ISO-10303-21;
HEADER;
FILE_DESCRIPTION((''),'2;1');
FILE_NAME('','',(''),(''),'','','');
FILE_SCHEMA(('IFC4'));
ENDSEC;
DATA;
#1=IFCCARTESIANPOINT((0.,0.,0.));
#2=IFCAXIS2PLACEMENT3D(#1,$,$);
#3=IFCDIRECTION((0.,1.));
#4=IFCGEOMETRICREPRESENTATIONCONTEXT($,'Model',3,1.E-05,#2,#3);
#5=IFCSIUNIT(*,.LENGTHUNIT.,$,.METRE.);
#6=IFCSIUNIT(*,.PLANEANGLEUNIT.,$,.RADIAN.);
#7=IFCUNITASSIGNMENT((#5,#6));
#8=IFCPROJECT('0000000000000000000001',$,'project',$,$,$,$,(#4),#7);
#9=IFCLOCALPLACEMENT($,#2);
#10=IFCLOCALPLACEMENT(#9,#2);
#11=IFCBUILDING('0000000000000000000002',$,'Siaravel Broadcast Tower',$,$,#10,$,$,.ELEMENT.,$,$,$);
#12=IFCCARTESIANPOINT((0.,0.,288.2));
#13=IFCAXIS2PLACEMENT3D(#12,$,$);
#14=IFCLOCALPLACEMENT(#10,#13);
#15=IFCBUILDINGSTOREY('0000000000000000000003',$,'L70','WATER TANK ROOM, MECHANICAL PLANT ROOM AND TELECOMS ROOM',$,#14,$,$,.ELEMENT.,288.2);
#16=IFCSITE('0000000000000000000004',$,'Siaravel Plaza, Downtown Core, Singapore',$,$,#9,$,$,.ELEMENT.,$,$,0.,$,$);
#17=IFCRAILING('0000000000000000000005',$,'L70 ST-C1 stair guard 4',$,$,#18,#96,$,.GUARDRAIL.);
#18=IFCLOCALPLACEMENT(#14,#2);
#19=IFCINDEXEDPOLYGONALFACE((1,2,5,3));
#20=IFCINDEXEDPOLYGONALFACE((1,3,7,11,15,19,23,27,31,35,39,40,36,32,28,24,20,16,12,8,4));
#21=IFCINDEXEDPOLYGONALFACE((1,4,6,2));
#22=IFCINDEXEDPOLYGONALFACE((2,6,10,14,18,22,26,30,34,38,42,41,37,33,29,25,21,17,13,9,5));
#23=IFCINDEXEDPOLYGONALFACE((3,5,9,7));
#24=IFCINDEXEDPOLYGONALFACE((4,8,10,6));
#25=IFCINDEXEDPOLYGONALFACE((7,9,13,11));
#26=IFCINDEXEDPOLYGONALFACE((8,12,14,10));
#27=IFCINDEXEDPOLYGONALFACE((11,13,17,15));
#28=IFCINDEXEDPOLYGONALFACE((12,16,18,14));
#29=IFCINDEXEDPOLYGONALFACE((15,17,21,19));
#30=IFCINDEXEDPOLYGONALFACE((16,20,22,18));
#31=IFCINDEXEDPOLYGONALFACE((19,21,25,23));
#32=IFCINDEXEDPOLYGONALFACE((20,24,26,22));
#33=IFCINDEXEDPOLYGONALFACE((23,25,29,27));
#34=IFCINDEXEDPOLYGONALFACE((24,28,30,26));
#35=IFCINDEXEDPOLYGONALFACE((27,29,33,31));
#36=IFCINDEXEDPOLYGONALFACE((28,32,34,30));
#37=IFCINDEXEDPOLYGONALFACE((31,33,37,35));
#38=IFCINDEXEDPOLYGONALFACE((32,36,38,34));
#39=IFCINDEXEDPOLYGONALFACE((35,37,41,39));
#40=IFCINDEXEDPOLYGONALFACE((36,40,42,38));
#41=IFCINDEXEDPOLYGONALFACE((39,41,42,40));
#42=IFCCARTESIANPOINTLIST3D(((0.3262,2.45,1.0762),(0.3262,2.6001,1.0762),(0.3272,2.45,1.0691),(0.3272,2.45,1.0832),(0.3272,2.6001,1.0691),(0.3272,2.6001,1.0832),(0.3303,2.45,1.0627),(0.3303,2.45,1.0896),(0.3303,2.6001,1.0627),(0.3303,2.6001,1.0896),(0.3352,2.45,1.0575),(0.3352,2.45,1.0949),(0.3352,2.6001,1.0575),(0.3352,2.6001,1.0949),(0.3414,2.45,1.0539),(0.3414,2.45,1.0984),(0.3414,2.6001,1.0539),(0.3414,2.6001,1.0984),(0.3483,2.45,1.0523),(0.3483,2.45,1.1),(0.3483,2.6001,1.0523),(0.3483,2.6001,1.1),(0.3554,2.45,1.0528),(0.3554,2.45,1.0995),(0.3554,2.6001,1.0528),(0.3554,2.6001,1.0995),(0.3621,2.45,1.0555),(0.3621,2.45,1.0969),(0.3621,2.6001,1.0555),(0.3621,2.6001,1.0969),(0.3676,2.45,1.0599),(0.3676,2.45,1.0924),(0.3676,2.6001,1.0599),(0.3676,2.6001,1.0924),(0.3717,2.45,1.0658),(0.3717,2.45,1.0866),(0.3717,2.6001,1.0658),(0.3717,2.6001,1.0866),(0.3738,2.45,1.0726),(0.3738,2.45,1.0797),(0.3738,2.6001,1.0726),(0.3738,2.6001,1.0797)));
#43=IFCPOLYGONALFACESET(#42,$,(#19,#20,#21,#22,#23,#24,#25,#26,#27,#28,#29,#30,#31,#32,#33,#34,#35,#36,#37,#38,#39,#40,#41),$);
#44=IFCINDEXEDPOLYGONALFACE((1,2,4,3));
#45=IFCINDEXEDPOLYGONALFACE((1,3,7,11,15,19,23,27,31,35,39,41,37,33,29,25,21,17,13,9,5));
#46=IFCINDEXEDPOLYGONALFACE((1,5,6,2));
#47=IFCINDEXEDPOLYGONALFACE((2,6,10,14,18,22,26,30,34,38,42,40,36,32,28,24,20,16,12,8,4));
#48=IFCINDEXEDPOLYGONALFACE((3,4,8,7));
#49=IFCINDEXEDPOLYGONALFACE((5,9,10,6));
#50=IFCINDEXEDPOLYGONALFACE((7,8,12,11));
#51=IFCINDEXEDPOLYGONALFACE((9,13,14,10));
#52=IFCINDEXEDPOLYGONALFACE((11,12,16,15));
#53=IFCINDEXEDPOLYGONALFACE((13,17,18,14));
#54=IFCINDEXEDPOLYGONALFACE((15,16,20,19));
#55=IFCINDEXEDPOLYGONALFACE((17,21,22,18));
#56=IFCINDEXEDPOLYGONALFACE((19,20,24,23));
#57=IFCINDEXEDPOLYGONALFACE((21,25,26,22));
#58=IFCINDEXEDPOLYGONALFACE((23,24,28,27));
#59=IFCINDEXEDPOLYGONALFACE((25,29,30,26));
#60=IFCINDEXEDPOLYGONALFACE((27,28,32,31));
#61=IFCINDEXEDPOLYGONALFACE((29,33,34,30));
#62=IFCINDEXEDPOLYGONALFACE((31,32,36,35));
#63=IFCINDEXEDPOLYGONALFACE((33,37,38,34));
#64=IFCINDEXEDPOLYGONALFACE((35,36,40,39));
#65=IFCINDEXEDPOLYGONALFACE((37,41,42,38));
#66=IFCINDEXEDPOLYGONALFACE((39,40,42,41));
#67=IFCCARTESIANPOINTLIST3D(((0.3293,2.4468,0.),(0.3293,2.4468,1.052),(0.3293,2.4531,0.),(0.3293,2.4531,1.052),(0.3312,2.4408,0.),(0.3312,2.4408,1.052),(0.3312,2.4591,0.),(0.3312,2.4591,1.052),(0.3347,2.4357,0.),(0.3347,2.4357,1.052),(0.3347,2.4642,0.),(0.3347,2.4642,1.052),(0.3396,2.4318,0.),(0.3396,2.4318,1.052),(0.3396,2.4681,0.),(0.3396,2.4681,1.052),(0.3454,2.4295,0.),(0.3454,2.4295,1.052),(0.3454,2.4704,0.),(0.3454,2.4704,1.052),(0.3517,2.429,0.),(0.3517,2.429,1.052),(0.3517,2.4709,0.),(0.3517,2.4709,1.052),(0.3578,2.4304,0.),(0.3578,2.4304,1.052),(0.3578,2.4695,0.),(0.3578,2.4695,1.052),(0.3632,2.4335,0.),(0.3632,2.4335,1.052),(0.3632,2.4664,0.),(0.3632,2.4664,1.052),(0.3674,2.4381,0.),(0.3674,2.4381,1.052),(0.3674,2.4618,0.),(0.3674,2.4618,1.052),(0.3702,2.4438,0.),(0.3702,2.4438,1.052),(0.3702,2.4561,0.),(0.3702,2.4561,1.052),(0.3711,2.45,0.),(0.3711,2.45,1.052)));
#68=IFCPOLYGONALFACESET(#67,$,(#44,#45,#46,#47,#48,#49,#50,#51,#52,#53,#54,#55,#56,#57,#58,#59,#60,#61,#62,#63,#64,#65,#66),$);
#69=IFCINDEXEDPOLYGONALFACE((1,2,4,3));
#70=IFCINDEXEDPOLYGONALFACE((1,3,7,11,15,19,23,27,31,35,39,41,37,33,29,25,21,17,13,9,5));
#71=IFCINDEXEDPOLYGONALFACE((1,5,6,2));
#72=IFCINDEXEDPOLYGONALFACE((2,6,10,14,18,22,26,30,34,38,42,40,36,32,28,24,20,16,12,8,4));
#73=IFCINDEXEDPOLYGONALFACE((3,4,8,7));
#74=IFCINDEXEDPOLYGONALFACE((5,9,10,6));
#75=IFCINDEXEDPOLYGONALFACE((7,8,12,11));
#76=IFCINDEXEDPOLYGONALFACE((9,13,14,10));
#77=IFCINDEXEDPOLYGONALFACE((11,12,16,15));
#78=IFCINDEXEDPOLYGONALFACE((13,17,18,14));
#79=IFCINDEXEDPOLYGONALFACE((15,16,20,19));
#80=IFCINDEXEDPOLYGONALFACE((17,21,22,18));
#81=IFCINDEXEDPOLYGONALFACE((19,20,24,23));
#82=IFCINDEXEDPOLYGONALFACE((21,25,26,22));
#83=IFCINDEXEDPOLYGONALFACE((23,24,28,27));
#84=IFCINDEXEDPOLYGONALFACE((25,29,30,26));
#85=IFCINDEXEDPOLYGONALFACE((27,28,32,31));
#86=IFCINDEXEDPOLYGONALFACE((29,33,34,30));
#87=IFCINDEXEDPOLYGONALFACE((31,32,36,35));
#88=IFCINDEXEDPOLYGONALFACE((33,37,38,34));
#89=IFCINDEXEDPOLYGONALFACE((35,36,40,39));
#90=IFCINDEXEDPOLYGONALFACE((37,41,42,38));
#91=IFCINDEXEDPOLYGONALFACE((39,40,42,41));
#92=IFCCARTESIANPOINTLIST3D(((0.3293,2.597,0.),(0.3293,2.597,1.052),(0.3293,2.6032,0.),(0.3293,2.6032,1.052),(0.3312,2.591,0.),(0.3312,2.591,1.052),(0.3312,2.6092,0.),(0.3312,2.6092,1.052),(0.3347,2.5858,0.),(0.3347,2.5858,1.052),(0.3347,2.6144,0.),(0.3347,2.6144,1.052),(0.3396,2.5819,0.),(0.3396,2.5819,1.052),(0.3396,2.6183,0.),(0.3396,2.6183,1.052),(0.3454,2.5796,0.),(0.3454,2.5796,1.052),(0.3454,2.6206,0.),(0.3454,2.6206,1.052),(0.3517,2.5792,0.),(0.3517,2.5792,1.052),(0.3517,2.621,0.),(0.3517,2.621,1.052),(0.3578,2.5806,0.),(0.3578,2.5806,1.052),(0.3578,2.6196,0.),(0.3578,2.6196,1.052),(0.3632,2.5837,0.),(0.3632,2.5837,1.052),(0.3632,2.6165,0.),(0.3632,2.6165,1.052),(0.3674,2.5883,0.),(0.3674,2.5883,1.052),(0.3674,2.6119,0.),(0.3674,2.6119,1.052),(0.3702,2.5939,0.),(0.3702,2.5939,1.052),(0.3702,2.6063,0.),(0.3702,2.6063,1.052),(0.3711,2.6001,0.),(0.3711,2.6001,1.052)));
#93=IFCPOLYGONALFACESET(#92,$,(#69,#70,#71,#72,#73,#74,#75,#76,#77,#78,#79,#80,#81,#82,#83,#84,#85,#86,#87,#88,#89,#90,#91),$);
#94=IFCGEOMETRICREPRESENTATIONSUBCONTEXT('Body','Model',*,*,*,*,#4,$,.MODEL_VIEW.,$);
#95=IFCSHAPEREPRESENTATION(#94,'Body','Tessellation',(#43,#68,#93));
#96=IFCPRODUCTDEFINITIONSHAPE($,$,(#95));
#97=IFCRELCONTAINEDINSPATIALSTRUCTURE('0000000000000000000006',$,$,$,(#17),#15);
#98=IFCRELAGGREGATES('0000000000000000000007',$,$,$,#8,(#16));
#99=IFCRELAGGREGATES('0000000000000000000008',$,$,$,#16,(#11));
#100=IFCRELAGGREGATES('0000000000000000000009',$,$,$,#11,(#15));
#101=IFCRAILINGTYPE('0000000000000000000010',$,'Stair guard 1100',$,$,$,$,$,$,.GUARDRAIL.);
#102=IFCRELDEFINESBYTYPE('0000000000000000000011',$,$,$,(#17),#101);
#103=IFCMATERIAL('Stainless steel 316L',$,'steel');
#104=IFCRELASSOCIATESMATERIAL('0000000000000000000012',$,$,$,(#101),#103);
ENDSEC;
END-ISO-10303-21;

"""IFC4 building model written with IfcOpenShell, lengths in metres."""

from ifc_helpers import new_model, si_unit, direction, frame, origin, origin_2d, place, context, subcontext, project, spatial, circle, extrude, material, type_object, element, save


model = new_model("IFC4")

# Units and contexts
model_context = context("Model", 3, precision=1e-05, world=origin(), true_north=direction((0.0, 1.0)))
body_context = subcontext(model_context, "Body", "Model", "MODEL_VIEW")
ifc_project = project(units=[si_unit("LENGTHUNIT", "METRE"), si_unit("PLANEANGLEUNIT", "RADIAN")], contexts=[model_context])

# Site, building, storey
site_placement = place(None, origin())
site = spatial("IfcSite", under=ifc_project, at=site_placement, Name="Siaravel Plaza, Downtown Core, Singapore", CompositionType="ELEMENT", RefElevation=0.0)
building_placement = place(site_placement, origin())
building = spatial("IfcBuilding", under=site, at=building_placement, Name="Siaravel Broadcast Tower", CompositionType="ELEMENT")
storey_placement = place(building_placement, frame((0.0, 0.0, 288.2)))
storey = spatial("IfcBuildingStorey", under=building, at=storey_placement, Name="L70", Description="WATER TANK ROOM, MECHANICAL PLANT ROOM AND TELECOMS ROOM", CompositionType="ELEMENT", Elevation=288.2)

# Railing
ifc_material_1 = material(Name="Stainless steel 316L", Category="steel")
railing_type_1 = type_object("IfcRailingType", Name="Stair guard 1100", PredefinedType="GUARDRAIL", material=ifc_material_1)
railing_1_placement = place(storey_placement, frame((0.3501, 2.45, 0.0)))
element("IfcRailing", 1, at=railing_1_placement, inside=storey, type_object=railing_type_1, Name="L70 ST-C1 stair guard 4", PredefinedType="GUARDRAIL", context=body_context, shape_type="SweptSolid", body=[
    extrude(circle(Radius=0.0239, at=origin_2d()), frame((0.0, 0.0, 1.0762), z_axis=(0.0, 1.0, 0.0), x_axis=(-1.0, 0.0, 0.0)), (0.0, 0.0, 1.0), 0.1501),
    extrude(circle(Radius=0.021, at=origin_2d()), origin(), (0.0, 0.0, 1.0), 1.052),
    extrude(circle(Radius=0.021, at=origin_2d()), frame((0.0, 0.1501, 0.0)), (0.0, 0.0, 1.0), 1.052),
])

save(model, "model.ifc")
